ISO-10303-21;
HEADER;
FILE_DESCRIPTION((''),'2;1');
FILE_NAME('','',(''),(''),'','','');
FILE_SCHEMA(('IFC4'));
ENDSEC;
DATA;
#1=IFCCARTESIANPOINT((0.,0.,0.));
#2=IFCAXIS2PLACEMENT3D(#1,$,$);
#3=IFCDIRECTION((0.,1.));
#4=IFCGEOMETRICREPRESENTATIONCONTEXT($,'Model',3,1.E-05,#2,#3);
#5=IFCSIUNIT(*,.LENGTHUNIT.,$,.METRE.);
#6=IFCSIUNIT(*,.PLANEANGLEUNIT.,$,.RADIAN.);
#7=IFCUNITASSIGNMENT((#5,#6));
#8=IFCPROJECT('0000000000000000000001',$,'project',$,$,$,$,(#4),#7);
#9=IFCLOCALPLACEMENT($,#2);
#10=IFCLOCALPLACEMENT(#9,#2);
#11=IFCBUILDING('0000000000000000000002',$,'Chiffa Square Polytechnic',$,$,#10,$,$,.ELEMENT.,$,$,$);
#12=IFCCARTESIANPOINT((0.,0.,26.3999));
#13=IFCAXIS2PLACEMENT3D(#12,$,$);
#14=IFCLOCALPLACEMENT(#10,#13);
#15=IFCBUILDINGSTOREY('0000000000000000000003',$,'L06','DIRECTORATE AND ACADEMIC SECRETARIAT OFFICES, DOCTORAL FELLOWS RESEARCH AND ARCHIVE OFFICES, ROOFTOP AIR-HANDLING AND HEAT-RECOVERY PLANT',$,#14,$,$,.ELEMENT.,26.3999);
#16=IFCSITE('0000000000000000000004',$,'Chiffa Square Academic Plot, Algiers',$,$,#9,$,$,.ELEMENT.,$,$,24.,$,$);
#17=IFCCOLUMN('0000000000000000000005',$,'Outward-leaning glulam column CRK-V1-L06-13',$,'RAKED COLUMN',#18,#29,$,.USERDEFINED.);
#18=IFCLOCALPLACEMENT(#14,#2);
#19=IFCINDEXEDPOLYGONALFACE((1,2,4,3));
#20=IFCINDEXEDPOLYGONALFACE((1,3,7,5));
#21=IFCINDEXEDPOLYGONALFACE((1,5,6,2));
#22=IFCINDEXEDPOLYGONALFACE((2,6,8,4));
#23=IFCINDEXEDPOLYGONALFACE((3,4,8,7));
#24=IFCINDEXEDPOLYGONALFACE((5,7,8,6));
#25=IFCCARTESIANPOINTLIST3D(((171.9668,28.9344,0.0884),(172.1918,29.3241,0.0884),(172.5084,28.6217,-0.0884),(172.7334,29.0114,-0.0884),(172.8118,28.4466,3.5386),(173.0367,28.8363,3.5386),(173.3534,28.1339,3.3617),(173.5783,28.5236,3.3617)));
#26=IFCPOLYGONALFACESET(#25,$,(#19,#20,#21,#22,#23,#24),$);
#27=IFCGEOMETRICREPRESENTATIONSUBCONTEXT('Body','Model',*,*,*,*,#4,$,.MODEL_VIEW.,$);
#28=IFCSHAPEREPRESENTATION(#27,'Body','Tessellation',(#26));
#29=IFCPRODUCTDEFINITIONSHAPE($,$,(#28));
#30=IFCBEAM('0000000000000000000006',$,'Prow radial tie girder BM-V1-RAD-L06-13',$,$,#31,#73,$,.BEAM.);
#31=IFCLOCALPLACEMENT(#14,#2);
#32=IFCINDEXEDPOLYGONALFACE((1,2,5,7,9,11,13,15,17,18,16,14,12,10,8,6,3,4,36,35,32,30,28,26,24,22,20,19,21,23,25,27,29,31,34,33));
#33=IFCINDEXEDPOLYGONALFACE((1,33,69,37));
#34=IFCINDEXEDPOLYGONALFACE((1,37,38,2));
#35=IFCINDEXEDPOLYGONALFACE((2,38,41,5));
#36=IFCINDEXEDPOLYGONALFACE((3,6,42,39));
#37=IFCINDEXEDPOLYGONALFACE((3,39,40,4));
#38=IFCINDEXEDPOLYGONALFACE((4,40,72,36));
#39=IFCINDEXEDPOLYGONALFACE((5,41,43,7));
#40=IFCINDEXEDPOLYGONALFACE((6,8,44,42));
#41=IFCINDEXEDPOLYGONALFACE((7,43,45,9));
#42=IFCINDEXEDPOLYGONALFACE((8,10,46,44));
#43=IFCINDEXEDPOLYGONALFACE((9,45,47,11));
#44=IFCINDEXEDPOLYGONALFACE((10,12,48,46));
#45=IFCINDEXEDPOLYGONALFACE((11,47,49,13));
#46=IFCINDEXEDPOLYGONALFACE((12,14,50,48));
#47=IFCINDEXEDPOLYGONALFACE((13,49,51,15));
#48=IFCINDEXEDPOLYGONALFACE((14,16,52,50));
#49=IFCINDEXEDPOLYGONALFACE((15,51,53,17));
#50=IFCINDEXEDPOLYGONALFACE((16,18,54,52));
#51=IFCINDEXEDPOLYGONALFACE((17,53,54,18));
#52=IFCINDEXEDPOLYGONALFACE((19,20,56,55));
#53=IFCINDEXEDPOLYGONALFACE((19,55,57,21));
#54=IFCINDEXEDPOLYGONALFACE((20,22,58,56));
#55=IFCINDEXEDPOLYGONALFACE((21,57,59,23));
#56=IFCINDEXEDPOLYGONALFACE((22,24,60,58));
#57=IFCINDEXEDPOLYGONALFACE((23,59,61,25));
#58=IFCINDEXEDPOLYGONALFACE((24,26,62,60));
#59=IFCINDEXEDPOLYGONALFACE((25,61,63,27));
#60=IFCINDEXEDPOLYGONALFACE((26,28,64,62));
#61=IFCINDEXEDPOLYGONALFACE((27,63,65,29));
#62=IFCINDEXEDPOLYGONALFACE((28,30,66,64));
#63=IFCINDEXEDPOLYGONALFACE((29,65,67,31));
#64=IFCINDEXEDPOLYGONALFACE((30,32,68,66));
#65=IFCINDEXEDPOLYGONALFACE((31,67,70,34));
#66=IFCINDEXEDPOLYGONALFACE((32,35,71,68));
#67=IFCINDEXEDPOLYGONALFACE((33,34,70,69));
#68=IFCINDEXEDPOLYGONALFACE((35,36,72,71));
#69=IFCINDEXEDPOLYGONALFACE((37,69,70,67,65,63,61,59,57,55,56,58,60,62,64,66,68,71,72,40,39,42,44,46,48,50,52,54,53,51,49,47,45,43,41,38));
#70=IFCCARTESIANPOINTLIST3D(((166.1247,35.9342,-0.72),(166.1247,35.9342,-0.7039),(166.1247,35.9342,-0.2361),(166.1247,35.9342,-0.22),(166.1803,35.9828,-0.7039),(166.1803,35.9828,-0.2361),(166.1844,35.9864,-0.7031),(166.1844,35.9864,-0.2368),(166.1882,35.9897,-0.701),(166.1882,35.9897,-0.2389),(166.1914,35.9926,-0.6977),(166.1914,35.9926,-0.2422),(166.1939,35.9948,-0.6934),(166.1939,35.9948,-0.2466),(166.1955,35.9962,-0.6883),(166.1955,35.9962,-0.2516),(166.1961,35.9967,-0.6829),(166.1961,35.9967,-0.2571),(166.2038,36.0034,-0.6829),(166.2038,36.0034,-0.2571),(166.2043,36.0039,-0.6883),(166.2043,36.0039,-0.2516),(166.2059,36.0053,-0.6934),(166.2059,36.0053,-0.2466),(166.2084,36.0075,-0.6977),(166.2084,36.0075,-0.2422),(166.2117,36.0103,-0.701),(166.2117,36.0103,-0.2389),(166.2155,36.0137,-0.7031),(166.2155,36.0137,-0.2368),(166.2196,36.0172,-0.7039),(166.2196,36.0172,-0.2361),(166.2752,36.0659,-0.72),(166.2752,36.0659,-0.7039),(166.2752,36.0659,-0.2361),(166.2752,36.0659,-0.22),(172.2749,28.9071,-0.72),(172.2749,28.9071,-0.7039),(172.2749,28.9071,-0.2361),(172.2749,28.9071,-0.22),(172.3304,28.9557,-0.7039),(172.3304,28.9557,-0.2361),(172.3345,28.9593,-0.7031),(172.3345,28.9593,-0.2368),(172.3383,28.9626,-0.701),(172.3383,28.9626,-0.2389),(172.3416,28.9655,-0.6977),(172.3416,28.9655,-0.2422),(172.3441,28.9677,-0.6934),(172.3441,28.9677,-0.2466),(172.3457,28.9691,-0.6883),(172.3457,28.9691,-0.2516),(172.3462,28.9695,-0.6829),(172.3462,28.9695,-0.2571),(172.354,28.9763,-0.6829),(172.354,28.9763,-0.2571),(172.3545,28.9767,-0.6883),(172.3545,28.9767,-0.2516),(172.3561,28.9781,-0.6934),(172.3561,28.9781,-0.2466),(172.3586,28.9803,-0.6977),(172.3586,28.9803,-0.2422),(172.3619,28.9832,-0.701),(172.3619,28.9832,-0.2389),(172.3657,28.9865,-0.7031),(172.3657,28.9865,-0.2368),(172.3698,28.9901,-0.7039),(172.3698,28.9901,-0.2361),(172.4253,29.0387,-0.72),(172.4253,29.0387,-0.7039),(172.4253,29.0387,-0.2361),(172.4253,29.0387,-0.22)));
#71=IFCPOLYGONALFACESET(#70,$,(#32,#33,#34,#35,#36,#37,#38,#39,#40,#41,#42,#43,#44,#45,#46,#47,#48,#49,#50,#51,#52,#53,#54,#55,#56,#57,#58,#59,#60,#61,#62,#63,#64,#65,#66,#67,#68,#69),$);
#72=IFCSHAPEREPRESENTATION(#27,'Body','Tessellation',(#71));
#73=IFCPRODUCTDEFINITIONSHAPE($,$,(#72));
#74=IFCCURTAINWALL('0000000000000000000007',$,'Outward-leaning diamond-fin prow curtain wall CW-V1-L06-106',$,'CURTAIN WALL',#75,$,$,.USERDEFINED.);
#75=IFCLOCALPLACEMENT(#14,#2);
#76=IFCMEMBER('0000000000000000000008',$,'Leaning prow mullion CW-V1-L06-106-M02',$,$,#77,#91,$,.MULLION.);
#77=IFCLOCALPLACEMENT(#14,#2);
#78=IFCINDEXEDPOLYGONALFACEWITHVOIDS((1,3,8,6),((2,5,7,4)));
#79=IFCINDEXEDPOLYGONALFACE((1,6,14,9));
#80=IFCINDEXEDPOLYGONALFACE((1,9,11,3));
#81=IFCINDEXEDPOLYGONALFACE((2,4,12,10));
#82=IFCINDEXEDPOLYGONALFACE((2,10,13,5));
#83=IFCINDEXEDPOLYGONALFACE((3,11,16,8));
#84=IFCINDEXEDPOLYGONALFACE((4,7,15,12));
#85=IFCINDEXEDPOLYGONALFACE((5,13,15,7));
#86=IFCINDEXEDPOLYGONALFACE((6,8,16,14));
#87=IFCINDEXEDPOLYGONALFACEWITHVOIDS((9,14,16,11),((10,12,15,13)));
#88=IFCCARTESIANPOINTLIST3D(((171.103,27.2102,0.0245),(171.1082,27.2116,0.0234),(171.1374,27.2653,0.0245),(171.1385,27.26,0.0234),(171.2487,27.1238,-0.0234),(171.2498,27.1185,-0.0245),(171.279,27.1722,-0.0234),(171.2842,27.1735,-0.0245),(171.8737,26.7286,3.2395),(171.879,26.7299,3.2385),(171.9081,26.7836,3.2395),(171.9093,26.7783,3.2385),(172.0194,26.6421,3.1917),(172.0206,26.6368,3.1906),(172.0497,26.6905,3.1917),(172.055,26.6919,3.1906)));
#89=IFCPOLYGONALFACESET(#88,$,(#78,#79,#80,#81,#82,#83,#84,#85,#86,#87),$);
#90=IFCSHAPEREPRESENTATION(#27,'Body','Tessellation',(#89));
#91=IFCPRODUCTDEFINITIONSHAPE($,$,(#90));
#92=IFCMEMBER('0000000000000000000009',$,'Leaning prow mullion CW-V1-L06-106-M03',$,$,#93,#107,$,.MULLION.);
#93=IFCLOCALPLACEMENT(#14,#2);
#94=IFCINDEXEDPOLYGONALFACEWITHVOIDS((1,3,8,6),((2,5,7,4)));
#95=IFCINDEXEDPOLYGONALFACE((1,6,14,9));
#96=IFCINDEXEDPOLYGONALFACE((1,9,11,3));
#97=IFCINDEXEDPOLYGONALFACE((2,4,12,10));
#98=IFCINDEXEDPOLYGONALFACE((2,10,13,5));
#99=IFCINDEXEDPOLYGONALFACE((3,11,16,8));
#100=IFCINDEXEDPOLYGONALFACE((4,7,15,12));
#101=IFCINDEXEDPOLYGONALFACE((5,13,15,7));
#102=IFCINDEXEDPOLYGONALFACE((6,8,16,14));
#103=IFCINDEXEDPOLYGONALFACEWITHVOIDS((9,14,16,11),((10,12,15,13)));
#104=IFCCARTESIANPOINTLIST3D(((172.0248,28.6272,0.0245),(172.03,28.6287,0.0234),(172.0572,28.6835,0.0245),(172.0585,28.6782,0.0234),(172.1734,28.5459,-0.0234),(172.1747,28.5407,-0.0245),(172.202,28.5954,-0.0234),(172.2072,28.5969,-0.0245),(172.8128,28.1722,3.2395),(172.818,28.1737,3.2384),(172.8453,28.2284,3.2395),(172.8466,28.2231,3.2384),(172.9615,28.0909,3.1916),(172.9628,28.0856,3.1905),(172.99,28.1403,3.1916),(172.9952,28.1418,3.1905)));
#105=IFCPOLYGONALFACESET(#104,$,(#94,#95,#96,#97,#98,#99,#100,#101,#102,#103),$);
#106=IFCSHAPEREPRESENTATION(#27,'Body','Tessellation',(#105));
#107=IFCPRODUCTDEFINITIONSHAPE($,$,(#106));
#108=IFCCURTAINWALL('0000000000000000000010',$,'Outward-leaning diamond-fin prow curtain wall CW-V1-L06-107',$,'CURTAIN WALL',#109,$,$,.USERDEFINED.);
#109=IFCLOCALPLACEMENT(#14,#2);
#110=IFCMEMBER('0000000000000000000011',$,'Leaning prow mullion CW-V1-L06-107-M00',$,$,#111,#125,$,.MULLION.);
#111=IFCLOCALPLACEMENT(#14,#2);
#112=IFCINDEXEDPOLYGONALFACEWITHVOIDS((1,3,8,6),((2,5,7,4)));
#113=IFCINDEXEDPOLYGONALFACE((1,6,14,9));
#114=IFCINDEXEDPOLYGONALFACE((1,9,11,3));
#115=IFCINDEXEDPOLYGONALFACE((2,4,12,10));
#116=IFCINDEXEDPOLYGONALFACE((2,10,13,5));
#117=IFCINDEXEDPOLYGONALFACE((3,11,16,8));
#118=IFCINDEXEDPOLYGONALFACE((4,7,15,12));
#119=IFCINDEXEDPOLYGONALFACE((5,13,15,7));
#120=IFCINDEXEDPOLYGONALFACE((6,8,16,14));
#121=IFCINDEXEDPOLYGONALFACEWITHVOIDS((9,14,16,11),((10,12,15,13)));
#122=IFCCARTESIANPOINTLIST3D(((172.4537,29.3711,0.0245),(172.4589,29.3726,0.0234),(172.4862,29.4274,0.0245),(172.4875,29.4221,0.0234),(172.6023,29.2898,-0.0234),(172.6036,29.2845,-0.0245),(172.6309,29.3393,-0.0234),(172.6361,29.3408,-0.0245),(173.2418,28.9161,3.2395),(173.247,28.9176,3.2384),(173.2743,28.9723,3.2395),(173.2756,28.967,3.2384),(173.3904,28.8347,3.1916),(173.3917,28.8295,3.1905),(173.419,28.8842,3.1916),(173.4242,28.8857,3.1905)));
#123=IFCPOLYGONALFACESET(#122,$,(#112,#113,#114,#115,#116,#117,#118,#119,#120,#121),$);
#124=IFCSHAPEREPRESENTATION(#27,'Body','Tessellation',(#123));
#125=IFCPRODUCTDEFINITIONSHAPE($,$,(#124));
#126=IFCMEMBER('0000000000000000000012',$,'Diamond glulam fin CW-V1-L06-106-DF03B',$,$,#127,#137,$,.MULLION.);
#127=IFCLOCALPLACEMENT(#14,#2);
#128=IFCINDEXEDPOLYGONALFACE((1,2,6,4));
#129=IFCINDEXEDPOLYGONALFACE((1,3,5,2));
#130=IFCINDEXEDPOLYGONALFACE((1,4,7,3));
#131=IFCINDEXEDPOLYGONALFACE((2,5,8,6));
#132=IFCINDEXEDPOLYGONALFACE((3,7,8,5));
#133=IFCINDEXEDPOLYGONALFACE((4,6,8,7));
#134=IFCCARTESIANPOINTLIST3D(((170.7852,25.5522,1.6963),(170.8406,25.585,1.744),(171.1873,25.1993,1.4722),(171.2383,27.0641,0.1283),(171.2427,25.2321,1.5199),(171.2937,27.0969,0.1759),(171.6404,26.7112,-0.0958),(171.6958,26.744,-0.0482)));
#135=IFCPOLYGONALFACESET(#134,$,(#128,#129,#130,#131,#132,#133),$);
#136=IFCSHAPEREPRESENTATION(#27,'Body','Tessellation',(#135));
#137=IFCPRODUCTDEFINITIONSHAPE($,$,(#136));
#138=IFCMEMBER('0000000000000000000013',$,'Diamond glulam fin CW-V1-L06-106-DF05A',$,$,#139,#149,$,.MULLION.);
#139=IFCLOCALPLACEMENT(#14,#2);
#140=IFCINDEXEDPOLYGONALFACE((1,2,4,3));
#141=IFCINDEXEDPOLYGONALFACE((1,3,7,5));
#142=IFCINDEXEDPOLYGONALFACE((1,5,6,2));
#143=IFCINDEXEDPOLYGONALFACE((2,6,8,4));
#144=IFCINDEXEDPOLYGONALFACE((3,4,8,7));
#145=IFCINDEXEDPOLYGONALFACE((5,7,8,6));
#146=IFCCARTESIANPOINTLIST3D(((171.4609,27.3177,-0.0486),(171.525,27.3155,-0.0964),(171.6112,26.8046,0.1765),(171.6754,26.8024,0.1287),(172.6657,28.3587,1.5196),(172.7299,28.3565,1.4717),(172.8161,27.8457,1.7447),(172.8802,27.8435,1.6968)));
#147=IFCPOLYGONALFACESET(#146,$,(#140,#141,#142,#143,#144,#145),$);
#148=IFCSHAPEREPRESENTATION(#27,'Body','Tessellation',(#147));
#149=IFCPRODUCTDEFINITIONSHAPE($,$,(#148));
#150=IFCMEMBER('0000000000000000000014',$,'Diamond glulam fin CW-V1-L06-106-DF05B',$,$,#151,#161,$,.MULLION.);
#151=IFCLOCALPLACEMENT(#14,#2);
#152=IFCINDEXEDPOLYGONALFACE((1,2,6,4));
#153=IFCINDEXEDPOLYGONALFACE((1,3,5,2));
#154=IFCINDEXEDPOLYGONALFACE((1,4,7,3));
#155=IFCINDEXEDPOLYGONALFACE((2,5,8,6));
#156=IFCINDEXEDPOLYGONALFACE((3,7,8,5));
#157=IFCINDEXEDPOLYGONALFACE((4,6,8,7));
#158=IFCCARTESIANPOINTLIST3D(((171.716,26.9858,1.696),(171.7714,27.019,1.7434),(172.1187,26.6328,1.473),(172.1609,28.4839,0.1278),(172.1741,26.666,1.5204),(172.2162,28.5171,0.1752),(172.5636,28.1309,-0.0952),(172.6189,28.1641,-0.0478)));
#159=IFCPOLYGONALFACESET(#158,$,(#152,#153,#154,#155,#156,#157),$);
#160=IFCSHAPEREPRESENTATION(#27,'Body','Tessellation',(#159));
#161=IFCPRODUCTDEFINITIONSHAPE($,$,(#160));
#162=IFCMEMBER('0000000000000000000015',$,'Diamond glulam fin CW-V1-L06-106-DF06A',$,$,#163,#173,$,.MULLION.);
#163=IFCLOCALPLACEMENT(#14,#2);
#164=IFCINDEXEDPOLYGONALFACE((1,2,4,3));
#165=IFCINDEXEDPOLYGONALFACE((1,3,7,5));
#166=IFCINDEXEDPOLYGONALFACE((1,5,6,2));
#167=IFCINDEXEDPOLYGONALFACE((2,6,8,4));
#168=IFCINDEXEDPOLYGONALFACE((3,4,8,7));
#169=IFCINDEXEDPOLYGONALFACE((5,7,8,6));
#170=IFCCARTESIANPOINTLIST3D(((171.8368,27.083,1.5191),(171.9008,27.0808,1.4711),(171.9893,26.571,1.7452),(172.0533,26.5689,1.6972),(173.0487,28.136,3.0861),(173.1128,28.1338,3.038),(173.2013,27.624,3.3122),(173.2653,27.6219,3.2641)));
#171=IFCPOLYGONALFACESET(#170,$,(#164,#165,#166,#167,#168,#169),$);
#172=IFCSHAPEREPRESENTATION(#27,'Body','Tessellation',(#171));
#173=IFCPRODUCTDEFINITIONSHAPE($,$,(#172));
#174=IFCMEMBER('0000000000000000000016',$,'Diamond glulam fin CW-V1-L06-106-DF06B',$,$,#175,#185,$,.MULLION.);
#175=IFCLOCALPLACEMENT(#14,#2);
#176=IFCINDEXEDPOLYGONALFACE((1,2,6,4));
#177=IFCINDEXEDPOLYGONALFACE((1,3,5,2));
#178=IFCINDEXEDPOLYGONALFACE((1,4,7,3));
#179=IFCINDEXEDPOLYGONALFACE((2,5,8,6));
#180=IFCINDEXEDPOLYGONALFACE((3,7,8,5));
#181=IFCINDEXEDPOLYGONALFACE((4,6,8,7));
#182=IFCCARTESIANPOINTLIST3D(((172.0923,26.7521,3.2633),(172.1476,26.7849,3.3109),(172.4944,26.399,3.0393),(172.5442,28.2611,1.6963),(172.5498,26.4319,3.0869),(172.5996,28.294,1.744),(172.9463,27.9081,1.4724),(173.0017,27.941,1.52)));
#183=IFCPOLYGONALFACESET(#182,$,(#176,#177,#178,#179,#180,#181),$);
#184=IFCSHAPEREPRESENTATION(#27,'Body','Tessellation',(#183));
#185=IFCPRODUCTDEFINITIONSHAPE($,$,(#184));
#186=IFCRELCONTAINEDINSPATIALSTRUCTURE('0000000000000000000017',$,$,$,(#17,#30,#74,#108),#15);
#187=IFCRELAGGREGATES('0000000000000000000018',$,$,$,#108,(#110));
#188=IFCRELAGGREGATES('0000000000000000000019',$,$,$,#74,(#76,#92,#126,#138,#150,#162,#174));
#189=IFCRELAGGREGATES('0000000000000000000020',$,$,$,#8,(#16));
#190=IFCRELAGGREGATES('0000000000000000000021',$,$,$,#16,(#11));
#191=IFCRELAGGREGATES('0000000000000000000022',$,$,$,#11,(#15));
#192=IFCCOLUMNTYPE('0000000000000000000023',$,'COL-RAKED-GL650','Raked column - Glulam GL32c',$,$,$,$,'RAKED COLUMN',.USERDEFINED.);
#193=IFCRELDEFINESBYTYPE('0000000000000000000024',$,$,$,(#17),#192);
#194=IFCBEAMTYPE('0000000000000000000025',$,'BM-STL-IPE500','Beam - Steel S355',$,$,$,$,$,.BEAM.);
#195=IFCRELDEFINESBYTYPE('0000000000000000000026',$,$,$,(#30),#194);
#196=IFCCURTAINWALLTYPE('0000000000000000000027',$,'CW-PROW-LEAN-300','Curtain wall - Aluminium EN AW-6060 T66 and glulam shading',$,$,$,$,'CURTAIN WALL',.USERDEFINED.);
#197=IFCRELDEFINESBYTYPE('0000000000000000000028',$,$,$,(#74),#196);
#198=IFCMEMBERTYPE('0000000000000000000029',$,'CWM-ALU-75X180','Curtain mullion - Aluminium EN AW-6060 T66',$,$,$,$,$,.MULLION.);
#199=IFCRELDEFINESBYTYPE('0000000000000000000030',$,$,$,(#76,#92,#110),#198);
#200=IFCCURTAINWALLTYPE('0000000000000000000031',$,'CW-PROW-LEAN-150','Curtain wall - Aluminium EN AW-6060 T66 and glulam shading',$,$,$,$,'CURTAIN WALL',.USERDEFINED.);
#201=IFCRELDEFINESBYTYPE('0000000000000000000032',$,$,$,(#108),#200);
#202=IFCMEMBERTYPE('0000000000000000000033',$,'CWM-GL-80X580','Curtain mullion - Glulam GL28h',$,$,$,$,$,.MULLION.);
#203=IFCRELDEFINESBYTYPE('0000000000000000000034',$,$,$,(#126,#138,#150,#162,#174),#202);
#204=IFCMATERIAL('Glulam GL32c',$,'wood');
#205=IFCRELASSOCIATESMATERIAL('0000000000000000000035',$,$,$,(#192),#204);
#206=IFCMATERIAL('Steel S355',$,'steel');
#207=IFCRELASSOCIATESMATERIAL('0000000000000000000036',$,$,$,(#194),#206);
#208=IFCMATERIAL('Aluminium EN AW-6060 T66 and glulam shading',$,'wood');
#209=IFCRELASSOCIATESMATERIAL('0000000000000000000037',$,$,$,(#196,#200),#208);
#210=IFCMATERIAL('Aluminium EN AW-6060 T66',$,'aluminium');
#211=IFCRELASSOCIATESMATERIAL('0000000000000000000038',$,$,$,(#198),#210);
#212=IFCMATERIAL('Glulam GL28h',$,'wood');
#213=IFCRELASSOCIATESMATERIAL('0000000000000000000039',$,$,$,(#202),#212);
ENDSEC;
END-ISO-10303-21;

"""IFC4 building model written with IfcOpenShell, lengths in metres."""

from ifc_helpers import new_model, si_unit, direction, frame, origin, origin_2d, place, context, subcontext, project, spatial, rectangle, hollow_rectangle, i_section, extrude, material, material_profile, profile_set, type_object, element, aggregate, save


model = new_model("IFC4")

# Units and contexts
model_context = context("Model", 3, precision=1e-05, world=origin(), true_north=direction((0.0, 1.0)))
body_context = subcontext(model_context, "Body", "Model", "MODEL_VIEW")
ifc_project = project(units=[si_unit("LENGTHUNIT", "METRE"), si_unit("PLANEANGLEUNIT", "RADIAN")], contexts=[model_context])

# Site, building, storey
site_placement = place(None, origin())
site = spatial("IfcSite", under=ifc_project, at=site_placement, Name="Chiffa Square Academic Plot, Algiers", CompositionType="ELEMENT", RefElevation=24.0)
building_placement = place(site_placement, origin())
building = spatial("IfcBuilding", under=site, at=building_placement, Name="Chiffa Square Polytechnic", CompositionType="ELEMENT")
storey_placement = place(building_placement, frame((0.0, 0.0, 26.3999)))
storey = spatial("IfcBuildingStorey", under=building, at=storey_placement, Name="L06", Description="DIRECTORATE AND ACADEMIC SECRETARIAT OFFICES, DOCTORAL FELLOWS RESEARCH AND ARCHIVE OFFICES, ROOFTOP AIR-HANDLING AND HEAT-RECOVERY PLANT", CompositionType="ELEMENT", Elevation=26.3999)

# Column
ifc_material_1 = material(Name="Glulam GL32c", Category="wood")
ifc_material_profile_1 = material_profile(ifc_material_1, rectangle(XDim=0.45, YDim=0.6499, at=origin_2d()), Name="GL32c 450x650")
ifc_profile_set_1 = profile_set([ifc_material_profile_1], Name="Glulam GL32c")
column_type = type_object("IfcColumnType", Name="COL-RAKED-GL650", Description="Raked column - Glulam GL32c", ElementType="RAKED COLUMN", PredefinedType="USERDEFINED", material=ifc_profile_set_1)
column_placement = place(storey_placement, frame((172.3501, 28.9729, 0.0), z_axis=(0.235664, -0.136046, 0.962265), x_axis=(0.499961, 0.866048, 0.0)))
element("IfcColumn", 1, at=column_placement, inside=storey, type_object=column_type, Name="Outward-leaning glulam column CRK-V1-L06-13", ObjectType="RAKED COLUMN", PredefinedType="USERDEFINED", context=body_context, shape_type="SweptSolid", body=[
    extrude(rectangle(XDim=0.45, YDim=0.6499, at=origin_2d()), origin(), (0.0, 0.0, 1.0), 3.5854),
])

# Beam
ifc_material_2 = material(Name="Steel S355", Category="steel")
ifc_material_profile_2 = material_profile(ifc_material_2, i_section(OverallWidth=0.2, OverallDepth=0.5, WebThickness=0.0103, FlangeThickness=0.0161, FilletRadius=0.021, at=origin_2d()), Name="IPE 500")
ifc_profile_set_2 = profile_set([ifc_material_profile_2], Name="Steel S355")
beam_type_1 = type_object("IfcBeamType", Name="BM-STL-IPE500", Description="Beam - Steel S355", PredefinedType="BEAM", material=ifc_profile_set_2)
beam_1_placement = place(storey_placement, frame((172.3501, 28.9729, -0.47), z_axis=(-0.658592, 0.752501, 0.0), x_axis=(-0.752501, -0.658592, 0.0)))
element("IfcBeam", 2, at=beam_1_placement, inside=storey, type_object=beam_type_1, Name="Prow radial tie girder BM-V1-RAD-L06-13", PredefinedType="BEAM", context=body_context, shape_type="SweptSolid", body=[
    extrude(i_section(OverallWidth=0.2, OverallDepth=0.5, WebThickness=0.0103, FlangeThickness=0.0161, FilletRadius=0.021, at=origin_2d()), origin(), (0.0, 0.0, 1.0), 9.3384),
])

# Curtain wall, members
ifc_material_3 = material(Name="Aluminium EN AW-6060 T66 and glulam shading", Category="wood")
curtain_wall_type_1 = type_object("IfcCurtainWallType", Name="CW-PROW-LEAN-300", Description="Curtain wall - Aluminium EN AW-6060 T66 and glulam shading", ElementType="CURTAIN WALL", PredefinedType="USERDEFINED", material=ifc_material_3)
curtain_wall_1_placement = place(storey_placement, origin())
curtain_wall_1 = element("IfcCurtainWall", 3, at=curtain_wall_1_placement, inside=storey, type_object=curtain_wall_type_1, Name="Outward-leaning diamond-fin prow curtain wall CW-V1-L06-106", ObjectType="CURTAIN WALL", PredefinedType="USERDEFINED")
ifc_material_4 = material(Name="Aluminium EN AW-6060 T66", Category="aluminium")
ifc_material_profile_3 = material_profile(ifc_material_4, hollow_rectangle(XDim=0.0649, YDim=0.1799, WallThickness=0.0039, at=origin_2d()), Name="ALU 65x180x4")
ifc_profile_set_3 = profile_set([ifc_material_profile_3], Name="Aluminium EN AW-6060 T66")
member_type_1 = type_object("IfcMemberType", Name="CWM-ALU-75X180", Description="Curtain mullion - Aluminium EN AW-6060 T66", PredefinedType="MULLION", material=ifc_profile_set_3)
member_1_placement = place(storey_placement, frame((171.1936, 27.1919, 0.0), z_axis=(0.230689, -0.144171, 0.962288), x_axis=(0.529975, 0.848013, 0.0)))
member_1 = element("IfcMember", 4, at=member_1_placement, type_object=member_type_1, Name="Leaning prow mullion CW-V1-L06-106-M02", PredefinedType="MULLION", context=body_context, shape_type="SweptSolid", body=[
    extrude(hollow_rectangle(XDim=0.0649, YDim=0.1799, WallThickness=0.0039, at=origin_2d()), origin(), (0.0, 0.0, 1.0), 3.3411),
])
member_2_placement = place(storey_placement, frame((172.116, 28.6121, 0.0), z_axis=(0.235855, -0.136194, 0.962197), x_axis=(0.500063, 0.865989, 0.0)))
member_2 = element("IfcMember", 5, at=member_2_placement, type_object=member_type_1, Name="Leaning prow mullion CW-V1-L06-106-M03", PredefinedType="MULLION", context=body_context, shape_type="SweptSolid", body=[
    extrude(hollow_rectangle(XDim=0.0649, YDim=0.1799, WallThickness=0.0039, at=origin_2d()), origin(), (0.0, 0.0, 1.0), 3.3413),
])

# Curtain wall, member
curtain_wall_type_2 = type_object("IfcCurtainWallType", Name="CW-PROW-LEAN-150", Description="Curtain wall - Aluminium EN AW-6060 T66 and glulam shading", ElementType="CURTAIN WALL", PredefinedType="USERDEFINED", material=ifc_material_3)
curtain_wall_2_placement = place(storey_placement, origin())
curtain_wall_2 = element("IfcCurtainWall", 6, at=curtain_wall_2_placement, inside=storey, type_object=curtain_wall_type_2, Name="Outward-leaning diamond-fin prow curtain wall CW-V1-L06-107", ObjectType="CURTAIN WALL", PredefinedType="USERDEFINED")
member_3_placement = place(storey_placement, frame((172.5449, 29.356, 0.0), z_axis=(0.235855, -0.136194, 0.962197), x_axis=(0.500063, 0.865989, 0.0)))
member_3 = element("IfcMember", 7, at=member_3_placement, type_object=member_type_1, Name="Leaning prow mullion CW-V1-L06-107-M00", PredefinedType="MULLION", context=body_context, shape_type="SweptSolid", body=[
    extrude(hollow_rectangle(XDim=0.0649, YDim=0.1799, WallThickness=0.0039, at=origin_2d()), origin(), (0.0, 0.0, 1.0), 3.3413),
])

# Members
ifc_material_5 = material(Name="Glulam GL28h", Category="wood")
ifc_material_profile_4 = material_profile(ifc_material_5, rectangle(XDim=0.0801, YDim=0.5801, at=origin_2d()), Name="GL28h 80x580")
ifc_profile_set_4 = profile_set([ifc_material_profile_4], Name="Glulam GL28h")
member_type_2 = type_object("IfcMemberType", Name="CWM-GL-80X580", Description="Curtain mullion - Glulam GL28h", PredefinedType="MULLION", material=ifc_profile_set_4)
member_4_placement = place(storey_placement, frame((171.467, 26.9041, 0.04), z_axis=(-0.203658, -0.679553, 0.704791), x_axis=(0.691402, 0.409853, 0.594965)))
member_4 = element("IfcMember", 8, at=member_4_placement, type_object=member_type_2, Name="Diamond glulam fin CW-V1-L06-106-DF03B", PredefinedType="MULLION", context=body_context, shape_type="SweptSolid", body=[
    extrude(rectangle(XDim=0.0801, YDim=0.5801, at=origin_2d()), origin(), (0.0, 0.0, 1.0), 2.2249),
])
member_5_placement = place(storey_placement, frame((171.5681, 27.0601, 0.04), z_axis=(0.539124, 0.465821, 0.701681), x_axis=(-0.801368, 0.027372, 0.597546)))
member_5 = element("IfcMember", 9, at=member_5_placement, type_object=member_type_2, Name="Diamond glulam fin CW-V1-L06-106-DF05A", PredefinedType="MULLION", context=body_context, shape_type="SweptSolid", body=[
    extrude(rectangle(XDim=0.0801, YDim=0.5801, at=origin_2d()), origin(), (0.0, 0.0, 1.0), 2.2349),
])
member_6_placement = place(storey_placement, frame((172.3899, 28.324, 0.04), z_axis=(-0.200931, -0.67668, 0.70833), x_axis=(0.691207, 0.414447, 0.592002)))
member_6 = element("IfcMember", 10, at=member_6_placement, type_object=member_type_2, Name="Diamond glulam fin CW-V1-L06-106-DF05B", PredefinedType="MULLION", context=body_context, shape_type="SweptSolid", body=[
    extrude(rectangle(XDim=0.0801, YDim=0.5801, at=origin_2d()), origin(), (0.0, 0.0, 1.0), 2.2139),
])
member_7_placement = place(storey_placement, frame((171.9451, 26.8259, 1.6082), z_axis=(0.540223, 0.469376, 0.698459), x_axis=(-0.7994, 0.026936, 0.600194)))
member_7 = element("IfcMember", 11, at=member_7_placement, type_object=member_type_2, Name="Diamond glulam fin CW-V1-L06-106-DF06A", PredefinedType="MULLION", context=body_context, shape_type="SweptSolid", body=[
    extrude(rectangle(XDim=0.0801, YDim=0.5801, at=origin_2d()), origin(), (0.0, 0.0, 1.0), 2.2434),
])
member_8_placement = place(storey_placement, frame((172.7729, 28.1011, 1.6082), z_axis=(-0.203392, -0.679183, 0.705225), x_axis=(0.691421, 0.410346, 0.594604)))
member_8 = element("IfcMember", 12, at=member_8_placement, type_object=member_type_2, Name="Diamond glulam fin CW-V1-L06-106-DF06B", PredefinedType="MULLION", context=body_context, shape_type="SweptSolid", body=[
    extrude(rectangle(XDim=0.0801, YDim=0.5801, at=origin_2d()), origin(), (0.0, 0.0, 1.0), 2.2219),
])

aggregate(curtain_wall_2, [member_3])
aggregate(curtain_wall_1, [member_1, member_2, member_4, member_5, member_6, member_7, member_8])

save(model, "model.ifc")
